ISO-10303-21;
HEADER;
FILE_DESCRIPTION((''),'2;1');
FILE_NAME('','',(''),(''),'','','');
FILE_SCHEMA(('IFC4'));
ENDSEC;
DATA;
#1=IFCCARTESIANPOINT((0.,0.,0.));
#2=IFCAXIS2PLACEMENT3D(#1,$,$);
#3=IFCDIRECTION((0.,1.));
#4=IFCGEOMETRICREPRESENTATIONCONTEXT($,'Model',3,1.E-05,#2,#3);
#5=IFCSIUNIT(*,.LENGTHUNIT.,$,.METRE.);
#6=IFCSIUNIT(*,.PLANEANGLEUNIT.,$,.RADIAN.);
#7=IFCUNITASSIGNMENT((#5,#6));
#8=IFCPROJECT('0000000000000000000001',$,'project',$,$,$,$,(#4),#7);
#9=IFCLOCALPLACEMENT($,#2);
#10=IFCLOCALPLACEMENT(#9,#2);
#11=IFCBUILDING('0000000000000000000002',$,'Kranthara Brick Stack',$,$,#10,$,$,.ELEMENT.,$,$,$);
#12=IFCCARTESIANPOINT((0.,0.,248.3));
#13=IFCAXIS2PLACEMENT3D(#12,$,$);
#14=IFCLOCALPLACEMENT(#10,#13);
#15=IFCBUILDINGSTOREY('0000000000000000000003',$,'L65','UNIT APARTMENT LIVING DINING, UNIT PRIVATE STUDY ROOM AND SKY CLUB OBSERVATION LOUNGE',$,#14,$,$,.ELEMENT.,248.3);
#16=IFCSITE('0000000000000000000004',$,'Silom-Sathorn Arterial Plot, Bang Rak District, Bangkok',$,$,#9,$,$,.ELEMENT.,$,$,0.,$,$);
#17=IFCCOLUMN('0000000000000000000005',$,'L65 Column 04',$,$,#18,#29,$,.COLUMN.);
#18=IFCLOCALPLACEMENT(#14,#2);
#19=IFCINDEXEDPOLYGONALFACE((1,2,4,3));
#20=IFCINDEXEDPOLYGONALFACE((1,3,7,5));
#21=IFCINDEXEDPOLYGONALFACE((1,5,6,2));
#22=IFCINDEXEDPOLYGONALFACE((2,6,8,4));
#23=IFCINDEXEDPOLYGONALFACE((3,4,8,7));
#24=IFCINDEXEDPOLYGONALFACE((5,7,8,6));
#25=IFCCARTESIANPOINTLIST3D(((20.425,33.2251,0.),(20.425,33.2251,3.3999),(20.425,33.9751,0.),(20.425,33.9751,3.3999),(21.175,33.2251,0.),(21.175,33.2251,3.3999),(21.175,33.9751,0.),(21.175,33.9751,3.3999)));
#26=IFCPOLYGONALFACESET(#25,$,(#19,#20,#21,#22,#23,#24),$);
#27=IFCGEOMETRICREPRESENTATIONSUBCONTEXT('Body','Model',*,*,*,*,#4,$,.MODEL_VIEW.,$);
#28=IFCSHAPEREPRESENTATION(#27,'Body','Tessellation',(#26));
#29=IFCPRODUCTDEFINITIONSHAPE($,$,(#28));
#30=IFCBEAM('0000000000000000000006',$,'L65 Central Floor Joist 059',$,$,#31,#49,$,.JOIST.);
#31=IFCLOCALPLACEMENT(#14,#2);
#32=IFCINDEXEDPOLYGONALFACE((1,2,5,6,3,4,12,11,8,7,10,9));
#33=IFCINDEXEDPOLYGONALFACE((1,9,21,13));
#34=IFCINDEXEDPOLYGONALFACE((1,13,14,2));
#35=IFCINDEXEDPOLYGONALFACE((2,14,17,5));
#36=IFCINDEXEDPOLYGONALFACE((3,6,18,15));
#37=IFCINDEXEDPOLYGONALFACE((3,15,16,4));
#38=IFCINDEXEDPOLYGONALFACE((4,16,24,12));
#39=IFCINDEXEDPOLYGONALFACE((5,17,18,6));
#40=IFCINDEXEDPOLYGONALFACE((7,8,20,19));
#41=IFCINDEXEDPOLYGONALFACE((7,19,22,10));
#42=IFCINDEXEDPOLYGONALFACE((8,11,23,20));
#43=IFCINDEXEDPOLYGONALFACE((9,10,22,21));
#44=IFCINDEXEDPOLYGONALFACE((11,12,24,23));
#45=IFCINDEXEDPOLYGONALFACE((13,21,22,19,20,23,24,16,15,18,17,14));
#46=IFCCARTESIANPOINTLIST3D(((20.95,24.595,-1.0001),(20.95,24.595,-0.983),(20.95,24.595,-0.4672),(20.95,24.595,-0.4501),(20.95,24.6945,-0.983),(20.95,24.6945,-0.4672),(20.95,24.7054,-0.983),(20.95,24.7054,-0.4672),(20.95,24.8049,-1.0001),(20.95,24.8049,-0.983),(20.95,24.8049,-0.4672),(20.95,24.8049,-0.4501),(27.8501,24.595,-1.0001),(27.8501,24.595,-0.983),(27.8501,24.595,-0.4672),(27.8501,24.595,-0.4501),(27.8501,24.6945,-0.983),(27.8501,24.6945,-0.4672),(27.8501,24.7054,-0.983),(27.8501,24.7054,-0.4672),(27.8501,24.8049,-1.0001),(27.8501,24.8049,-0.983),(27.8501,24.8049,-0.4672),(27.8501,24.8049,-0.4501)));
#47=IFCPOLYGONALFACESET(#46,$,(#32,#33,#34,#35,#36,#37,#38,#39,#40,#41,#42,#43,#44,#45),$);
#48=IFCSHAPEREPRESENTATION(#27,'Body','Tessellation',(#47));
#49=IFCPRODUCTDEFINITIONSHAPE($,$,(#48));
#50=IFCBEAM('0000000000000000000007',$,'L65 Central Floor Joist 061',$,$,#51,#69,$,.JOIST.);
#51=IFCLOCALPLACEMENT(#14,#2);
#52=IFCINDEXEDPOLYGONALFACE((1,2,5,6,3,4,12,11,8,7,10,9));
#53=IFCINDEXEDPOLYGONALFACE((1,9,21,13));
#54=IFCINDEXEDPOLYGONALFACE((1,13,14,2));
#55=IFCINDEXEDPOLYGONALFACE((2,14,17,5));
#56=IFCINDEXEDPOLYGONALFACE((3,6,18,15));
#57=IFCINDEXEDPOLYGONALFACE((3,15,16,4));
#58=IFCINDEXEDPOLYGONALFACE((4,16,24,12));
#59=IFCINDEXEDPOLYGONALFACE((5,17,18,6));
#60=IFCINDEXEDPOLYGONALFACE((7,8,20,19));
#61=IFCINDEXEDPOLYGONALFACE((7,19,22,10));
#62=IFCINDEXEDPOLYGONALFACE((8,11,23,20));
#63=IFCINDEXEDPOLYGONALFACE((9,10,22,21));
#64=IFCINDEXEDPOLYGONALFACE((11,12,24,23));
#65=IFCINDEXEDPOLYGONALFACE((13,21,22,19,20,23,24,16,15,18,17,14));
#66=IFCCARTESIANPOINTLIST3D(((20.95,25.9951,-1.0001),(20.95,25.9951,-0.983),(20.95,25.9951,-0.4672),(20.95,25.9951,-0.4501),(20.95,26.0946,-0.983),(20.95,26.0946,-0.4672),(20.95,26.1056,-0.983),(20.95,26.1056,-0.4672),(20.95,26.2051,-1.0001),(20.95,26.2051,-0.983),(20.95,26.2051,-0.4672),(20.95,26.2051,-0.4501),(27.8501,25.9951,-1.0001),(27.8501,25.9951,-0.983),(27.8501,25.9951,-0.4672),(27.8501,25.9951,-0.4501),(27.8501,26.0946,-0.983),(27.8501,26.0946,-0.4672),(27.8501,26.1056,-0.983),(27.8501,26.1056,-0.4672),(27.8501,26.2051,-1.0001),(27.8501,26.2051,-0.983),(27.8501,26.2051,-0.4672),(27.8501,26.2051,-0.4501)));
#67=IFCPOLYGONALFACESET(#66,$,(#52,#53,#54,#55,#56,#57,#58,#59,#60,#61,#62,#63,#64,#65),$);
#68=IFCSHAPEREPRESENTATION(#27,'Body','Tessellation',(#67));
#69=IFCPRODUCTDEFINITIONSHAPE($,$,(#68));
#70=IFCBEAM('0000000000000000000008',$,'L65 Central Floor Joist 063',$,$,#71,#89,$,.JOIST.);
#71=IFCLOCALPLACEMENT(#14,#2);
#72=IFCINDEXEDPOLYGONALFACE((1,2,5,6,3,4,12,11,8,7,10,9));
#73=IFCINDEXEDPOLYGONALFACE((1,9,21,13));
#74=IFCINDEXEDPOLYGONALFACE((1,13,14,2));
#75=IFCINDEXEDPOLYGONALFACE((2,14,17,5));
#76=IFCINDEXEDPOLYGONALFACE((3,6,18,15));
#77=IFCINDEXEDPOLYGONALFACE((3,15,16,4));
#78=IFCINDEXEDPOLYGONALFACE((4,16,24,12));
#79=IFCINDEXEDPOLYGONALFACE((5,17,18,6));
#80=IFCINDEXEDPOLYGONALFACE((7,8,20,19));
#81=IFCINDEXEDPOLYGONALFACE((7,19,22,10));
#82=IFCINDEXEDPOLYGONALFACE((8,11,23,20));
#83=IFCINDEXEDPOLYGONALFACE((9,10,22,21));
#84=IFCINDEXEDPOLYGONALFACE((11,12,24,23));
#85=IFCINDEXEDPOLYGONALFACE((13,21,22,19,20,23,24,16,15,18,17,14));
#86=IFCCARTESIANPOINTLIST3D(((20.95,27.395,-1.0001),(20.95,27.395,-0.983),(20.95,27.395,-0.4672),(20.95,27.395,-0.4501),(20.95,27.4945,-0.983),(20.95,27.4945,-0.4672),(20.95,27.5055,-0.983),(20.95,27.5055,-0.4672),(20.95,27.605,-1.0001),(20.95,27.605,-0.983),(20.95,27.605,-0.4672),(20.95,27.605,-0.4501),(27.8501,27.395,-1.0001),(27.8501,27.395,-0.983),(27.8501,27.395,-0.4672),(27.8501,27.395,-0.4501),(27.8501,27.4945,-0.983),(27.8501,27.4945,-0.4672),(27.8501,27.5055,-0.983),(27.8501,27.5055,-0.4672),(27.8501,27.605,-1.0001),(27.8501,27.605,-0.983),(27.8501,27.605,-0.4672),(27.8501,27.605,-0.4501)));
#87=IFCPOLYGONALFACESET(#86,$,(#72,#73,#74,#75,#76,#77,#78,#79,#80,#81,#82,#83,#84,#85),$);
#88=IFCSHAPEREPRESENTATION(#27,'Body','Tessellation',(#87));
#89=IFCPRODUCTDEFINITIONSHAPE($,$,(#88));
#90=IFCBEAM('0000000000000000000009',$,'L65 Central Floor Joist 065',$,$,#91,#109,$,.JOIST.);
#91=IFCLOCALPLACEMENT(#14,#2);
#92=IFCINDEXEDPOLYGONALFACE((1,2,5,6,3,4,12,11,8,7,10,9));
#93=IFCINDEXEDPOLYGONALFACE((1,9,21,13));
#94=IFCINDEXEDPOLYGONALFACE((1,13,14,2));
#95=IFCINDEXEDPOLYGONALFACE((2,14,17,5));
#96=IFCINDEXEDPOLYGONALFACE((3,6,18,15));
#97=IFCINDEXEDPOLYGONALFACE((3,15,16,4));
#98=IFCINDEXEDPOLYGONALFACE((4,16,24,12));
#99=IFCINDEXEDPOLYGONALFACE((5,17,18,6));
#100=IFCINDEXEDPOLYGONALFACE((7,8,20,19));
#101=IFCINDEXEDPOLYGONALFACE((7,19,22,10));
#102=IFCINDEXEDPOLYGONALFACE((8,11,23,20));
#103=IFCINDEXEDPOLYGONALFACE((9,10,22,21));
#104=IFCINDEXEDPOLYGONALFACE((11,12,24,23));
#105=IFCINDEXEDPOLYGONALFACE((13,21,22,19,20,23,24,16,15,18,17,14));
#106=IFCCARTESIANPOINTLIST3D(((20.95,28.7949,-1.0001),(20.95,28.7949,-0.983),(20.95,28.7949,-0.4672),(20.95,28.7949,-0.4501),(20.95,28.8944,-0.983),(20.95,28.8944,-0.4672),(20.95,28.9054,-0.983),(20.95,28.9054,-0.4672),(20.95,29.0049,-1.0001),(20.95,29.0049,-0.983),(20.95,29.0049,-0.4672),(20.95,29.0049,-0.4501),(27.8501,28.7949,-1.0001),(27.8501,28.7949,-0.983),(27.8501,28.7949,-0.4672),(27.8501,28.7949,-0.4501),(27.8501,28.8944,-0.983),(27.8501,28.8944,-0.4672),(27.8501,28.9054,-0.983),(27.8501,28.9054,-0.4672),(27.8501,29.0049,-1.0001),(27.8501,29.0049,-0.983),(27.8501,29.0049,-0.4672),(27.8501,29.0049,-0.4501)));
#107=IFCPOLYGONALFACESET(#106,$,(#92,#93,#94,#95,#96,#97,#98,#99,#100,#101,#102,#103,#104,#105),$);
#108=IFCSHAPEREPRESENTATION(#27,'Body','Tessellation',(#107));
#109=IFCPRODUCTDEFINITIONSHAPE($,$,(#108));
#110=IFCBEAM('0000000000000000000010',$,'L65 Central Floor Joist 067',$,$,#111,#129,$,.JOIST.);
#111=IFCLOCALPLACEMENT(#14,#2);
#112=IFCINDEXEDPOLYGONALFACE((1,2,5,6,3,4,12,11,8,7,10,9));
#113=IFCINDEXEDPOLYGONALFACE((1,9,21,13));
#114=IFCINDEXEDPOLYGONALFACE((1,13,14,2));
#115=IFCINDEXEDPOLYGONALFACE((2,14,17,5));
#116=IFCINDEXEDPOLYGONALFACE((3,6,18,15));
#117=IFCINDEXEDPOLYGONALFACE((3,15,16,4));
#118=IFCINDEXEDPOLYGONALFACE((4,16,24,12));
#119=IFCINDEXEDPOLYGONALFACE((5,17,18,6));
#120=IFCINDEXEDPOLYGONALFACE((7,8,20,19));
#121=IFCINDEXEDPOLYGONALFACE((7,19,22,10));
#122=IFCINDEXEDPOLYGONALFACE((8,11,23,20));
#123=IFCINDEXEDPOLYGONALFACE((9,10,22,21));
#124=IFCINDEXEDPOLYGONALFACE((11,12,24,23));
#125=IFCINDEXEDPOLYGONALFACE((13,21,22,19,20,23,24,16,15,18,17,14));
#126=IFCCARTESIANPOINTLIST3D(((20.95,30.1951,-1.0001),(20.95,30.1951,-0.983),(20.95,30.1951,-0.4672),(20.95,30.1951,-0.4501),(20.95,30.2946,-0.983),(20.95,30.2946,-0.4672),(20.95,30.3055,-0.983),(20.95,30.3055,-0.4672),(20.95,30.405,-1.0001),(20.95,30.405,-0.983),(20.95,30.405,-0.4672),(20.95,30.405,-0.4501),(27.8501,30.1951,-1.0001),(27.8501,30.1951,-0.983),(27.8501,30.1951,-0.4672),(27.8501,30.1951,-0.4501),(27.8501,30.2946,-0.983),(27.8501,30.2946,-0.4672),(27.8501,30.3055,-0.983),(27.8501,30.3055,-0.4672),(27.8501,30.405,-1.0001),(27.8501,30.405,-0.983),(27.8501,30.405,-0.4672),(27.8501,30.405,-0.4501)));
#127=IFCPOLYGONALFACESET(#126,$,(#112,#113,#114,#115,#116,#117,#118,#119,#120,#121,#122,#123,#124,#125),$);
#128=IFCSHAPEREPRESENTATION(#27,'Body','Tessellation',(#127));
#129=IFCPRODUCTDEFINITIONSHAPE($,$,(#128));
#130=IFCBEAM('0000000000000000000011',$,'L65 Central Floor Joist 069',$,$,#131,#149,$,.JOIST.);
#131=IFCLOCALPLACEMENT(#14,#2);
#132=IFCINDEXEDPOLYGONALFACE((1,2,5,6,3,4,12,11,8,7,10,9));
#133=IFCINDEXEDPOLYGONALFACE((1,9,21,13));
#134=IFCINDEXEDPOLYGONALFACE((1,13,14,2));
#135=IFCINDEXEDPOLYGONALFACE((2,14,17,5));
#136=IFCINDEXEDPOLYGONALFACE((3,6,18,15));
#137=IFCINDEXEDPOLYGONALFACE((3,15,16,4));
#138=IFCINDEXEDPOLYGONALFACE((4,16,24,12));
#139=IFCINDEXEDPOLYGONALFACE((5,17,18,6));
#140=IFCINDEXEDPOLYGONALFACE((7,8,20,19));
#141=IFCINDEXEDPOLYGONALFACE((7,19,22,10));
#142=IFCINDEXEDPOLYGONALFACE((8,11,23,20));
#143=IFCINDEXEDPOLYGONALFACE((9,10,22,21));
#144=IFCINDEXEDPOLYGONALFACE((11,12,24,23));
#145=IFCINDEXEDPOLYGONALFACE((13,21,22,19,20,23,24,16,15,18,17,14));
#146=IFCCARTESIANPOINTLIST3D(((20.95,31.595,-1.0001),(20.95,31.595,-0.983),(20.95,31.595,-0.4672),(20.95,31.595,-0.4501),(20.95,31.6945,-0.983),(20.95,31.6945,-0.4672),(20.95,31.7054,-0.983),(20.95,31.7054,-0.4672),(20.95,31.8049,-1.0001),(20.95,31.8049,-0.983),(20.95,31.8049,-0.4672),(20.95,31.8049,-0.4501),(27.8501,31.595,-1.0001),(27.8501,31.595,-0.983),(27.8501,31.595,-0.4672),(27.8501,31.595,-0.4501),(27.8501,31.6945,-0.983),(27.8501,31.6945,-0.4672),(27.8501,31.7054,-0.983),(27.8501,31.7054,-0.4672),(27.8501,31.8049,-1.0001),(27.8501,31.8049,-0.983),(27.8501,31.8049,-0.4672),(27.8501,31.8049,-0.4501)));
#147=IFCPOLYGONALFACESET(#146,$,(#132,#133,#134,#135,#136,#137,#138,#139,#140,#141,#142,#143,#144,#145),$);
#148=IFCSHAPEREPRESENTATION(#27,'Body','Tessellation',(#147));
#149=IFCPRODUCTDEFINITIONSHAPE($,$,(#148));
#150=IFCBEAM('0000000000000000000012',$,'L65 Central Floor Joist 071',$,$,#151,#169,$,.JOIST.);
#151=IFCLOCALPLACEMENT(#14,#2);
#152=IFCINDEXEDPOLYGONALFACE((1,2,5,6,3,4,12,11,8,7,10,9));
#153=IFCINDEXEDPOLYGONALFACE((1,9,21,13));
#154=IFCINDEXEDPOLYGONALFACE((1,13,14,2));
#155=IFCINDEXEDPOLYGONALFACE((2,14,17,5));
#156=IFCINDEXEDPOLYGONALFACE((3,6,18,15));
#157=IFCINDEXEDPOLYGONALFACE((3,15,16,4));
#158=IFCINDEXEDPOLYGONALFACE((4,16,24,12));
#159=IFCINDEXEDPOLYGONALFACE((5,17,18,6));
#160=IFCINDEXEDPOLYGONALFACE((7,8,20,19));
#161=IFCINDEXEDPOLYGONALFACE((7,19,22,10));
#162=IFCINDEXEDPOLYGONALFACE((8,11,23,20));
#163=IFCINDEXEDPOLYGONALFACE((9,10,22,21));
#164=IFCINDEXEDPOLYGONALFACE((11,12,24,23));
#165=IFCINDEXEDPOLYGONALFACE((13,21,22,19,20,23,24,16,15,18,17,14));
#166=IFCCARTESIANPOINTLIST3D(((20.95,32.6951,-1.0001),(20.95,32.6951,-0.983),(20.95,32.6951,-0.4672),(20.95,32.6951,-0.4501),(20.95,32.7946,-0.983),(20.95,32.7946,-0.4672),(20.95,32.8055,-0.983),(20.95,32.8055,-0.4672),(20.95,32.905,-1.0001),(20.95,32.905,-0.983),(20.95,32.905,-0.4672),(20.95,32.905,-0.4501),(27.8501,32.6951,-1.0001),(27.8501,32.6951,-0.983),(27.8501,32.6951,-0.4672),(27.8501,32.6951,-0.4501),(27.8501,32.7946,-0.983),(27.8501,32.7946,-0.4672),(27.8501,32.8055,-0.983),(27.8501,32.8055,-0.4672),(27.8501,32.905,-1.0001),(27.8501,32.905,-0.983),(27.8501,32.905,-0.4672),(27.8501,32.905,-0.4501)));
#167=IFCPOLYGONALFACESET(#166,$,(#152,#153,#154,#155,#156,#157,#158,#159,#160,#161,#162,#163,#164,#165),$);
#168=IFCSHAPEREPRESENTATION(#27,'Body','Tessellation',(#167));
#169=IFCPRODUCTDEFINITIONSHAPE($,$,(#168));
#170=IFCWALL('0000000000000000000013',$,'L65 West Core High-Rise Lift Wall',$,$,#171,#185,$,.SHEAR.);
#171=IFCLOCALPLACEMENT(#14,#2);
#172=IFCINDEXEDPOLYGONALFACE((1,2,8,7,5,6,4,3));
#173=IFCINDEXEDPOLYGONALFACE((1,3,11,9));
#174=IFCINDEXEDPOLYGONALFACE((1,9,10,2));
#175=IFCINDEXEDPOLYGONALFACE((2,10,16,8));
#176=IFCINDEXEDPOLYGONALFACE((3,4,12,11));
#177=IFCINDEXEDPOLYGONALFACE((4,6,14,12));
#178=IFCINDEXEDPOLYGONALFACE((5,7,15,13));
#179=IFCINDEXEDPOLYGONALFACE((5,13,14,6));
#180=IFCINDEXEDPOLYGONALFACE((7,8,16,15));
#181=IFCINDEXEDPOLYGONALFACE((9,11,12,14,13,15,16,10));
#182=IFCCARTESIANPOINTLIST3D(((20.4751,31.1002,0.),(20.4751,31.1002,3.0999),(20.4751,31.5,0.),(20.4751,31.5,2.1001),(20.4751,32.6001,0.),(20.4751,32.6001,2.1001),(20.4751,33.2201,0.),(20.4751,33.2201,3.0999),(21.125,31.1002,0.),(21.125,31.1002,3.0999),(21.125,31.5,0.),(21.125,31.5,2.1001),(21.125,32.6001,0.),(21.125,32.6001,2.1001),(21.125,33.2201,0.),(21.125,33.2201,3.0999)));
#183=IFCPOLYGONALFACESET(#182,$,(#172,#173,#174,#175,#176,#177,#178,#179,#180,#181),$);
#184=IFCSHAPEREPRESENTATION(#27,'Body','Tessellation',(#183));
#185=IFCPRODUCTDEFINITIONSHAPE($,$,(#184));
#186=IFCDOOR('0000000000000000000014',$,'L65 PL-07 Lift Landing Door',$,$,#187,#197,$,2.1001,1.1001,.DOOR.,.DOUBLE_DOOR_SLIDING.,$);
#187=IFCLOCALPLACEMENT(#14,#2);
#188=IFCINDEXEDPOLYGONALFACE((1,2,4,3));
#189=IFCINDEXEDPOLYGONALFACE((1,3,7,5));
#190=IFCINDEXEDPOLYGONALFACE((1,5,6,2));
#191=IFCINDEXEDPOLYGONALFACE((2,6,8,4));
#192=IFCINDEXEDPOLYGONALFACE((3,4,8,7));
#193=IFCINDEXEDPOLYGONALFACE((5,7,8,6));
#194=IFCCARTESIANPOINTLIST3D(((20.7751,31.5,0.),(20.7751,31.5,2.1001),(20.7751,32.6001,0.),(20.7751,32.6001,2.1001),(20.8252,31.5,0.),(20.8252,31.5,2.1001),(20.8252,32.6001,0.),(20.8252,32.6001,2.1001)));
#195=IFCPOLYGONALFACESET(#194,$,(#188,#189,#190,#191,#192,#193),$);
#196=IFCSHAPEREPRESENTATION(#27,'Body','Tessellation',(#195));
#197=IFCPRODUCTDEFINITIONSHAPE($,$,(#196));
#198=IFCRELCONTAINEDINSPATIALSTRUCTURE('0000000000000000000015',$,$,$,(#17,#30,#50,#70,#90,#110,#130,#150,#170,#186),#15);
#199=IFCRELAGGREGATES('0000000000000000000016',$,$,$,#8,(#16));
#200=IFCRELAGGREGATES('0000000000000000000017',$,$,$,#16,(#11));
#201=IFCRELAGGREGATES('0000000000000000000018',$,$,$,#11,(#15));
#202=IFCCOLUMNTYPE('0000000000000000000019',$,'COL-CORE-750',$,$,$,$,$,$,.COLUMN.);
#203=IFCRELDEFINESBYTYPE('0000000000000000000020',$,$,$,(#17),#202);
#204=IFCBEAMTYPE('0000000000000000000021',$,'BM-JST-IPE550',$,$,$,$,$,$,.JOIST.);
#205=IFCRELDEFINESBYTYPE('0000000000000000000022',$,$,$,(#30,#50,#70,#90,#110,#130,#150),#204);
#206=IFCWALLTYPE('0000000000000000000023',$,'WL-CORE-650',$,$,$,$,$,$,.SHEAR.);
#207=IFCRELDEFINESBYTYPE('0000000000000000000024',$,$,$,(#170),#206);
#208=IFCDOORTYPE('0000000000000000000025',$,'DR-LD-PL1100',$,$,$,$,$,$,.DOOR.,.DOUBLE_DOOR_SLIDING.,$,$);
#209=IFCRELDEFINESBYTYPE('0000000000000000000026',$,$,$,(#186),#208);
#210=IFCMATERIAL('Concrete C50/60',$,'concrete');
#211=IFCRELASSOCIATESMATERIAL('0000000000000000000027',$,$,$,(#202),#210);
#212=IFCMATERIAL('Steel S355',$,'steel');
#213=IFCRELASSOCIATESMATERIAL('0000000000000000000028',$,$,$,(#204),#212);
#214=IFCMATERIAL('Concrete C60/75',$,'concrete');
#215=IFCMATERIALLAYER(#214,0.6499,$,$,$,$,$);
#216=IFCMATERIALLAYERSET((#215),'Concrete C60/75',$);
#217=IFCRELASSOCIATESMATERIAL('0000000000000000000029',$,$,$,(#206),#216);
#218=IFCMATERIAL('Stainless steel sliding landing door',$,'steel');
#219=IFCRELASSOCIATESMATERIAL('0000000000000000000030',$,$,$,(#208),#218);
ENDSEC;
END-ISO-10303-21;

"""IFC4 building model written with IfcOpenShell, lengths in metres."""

from ifc_helpers import new_model, si_unit, direction, frame, frame_2d, origin, origin_2d, place, context, subcontext, project, spatial, rectangle, i_section, extrude, material, layer, layer_set, material_profile, profile_set, type_object, element, fill, save


model = new_model("IFC4")

# Units and contexts
model_context = context("Model", 3, precision=1e-05, world=origin(), true_north=direction((0.0, 1.0)))
body_context = subcontext(model_context, "Body", "Model", "MODEL_VIEW")
ifc_project = project(units=[si_unit("LENGTHUNIT", "METRE"), si_unit("PLANEANGLEUNIT", "RADIAN")], contexts=[model_context])

# Site, building, storey
site_placement = place(None, origin())
site = spatial("IfcSite", under=ifc_project, at=site_placement, Name="Silom-Sathorn Arterial Plot, Bang Rak District, Bangkok", CompositionType="ELEMENT", RefElevation=0.0)
building_placement = place(site_placement, origin())
building = spatial("IfcBuilding", under=site, at=building_placement, Name="Kranthara Brick Stack", CompositionType="ELEMENT")
storey_placement = place(building_placement, frame((0.0, 0.0, 248.3)))
storey = spatial("IfcBuildingStorey", under=building, at=storey_placement, Name="L65", Description="UNIT APARTMENT LIVING DINING, UNIT PRIVATE STUDY ROOM AND SKY CLUB OBSERVATION LOUNGE", CompositionType="ELEMENT", Elevation=248.3)

# Column
ifc_material_1 = material(Name="Concrete C50/60", Category="concrete")
ifc_material_profile_1 = material_profile(ifc_material_1, rectangle(XDim=0.75, YDim=0.75, at=origin_2d()), Name="RC 750x750")
ifc_profile_set_1 = profile_set([ifc_material_profile_1], Name="Concrete C50/60")
column_type = type_object("IfcColumnType", Name="COL-CORE-750", PredefinedType="COLUMN", material=ifc_profile_set_1)
column_placement = place(storey_placement, frame((20.8, 33.6001, 0.0), z_axis=(0.0, 0.0, 1.0), x_axis=(1.0, 0.0, 0.0)))
element("IfcColumn", 1, at=column_placement, inside=storey, type_object=column_type, Name="L65 Column 04", PredefinedType="COLUMN", context=body_context, shape_type="SweptSolid", body=[
    extrude(rectangle(XDim=0.75, YDim=0.75, at=origin_2d()), origin(), (0.0, 0.0, 1.0), 3.3999),
])

# Beams
ifc_material_2 = material(Name="Steel S355", Category="steel")
ifc_material_profile_2 = material_profile(ifc_material_2, i_section(OverallWidth=0.21, OverallDepth=0.55, WebThickness=0.011, FlangeThickness=0.0171, at=origin_2d()), Name="IPE 550")
ifc_profile_set_2 = profile_set([ifc_material_profile_2], Name="Steel S355")
beam_type = type_object("IfcBeamType", Name="BM-JST-IPE550", PredefinedType="JOIST", material=ifc_profile_set_2)
for number, where, z_axis, x_axis, name in (
    (2, (20.95, 24.7, -0.7251), (1.0, 0.0, 0.0), (0.0, 1.0, 0.0), "L65 Central Floor Joist 059"),
    (3, (20.95, 26.1001, -0.7251), (1.0, 0.0, 0.0), (0.0, 1.0, 0.0), "L65 Central Floor Joist 061"),
    (4, (20.95, 27.5, -0.7251), (1.0, 0.0, 0.0), (0.0, 1.0, 0.0), "L65 Central Floor Joist 063"),
    (5, (20.95, 28.8999, -0.7251), (1.0, 0.0, 0.0), (0.0, 1.0, 0.0), "L65 Central Floor Joist 065"),
    (6, (20.95, 30.3, -0.7251), (1.0, 0.0, 0.0), (0.0, 1.0, 0.0), "L65 Central Floor Joist 067"),
    (7, (20.95, 31.7, -0.7251), (1.0, 0.0, 0.0), (0.0, 1.0, 0.0), "L65 Central Floor Joist 069"),
    (8, (20.95, 32.8, -0.7251), (1.0, 0.0, 0.0), (0.0, 1.0, 0.0), "L65 Central Floor Joist 071"),
):
    element("IfcBeam", number, at=place(storey_placement, frame(where, z_axis=z_axis, x_axis=x_axis)), inside=storey, type_object=beam_type, Name=name, PredefinedType="JOIST", context=body_context, shape_type="SweptSolid", body=[
        extrude(i_section(OverallWidth=0.21, OverallDepth=0.55, WebThickness=0.011, FlangeThickness=0.0171, at=origin_2d()), origin(), (0.0, 0.0, 1.0), 6.9001),
    ])

# Wall, opening, door
ifc_material_3 = material(Name="Concrete C60/75", Category="concrete")
ifc_layer_1 = layer(ifc_material_3, 0.6499)
ifc_layer_set_1 = layer_set([ifc_layer_1], Name="Concrete C60/75")
wall_type_1 = type_object("IfcWallType", Name="WL-CORE-650", PredefinedType="SHEAR", material=ifc_layer_set_1)
wall_1_placement = place(storey_placement, frame((20.8, 31.1001, 0.0), z_axis=(0.0, 0.0, 1.0), x_axis=(0.0, 1.0, 0.0)))
wall_1 = element("IfcWall", 9, at=wall_1_placement, inside=storey, type_object=wall_type_1, Name="L65 West Core High-Rise Lift Wall", PredefinedType="SHEAR", context=body_context, shape_type="SweptSolid", body=[
    extrude(rectangle(XDim=2.1199, YDim=0.6499, at=frame_2d((1.0601, 0.0))), origin(), (0.0, 0.0, 1.0), 3.0999),
])
opening_placement = place(wall_1_placement, frame((0.3999, 0.0, 0.0)))
opening = element("IfcOpeningElement", 10, at=opening_placement, cuts=wall_1, PredefinedType="OPENING", context=body_context, shape_type="SweptSolid", body=[
    extrude(rectangle(XDim=1.1001, YDim=2.1001, at=frame_2d((0.55, 1.05))), frame((0.0, 0.335, 0.0), z_axis=(0.0, -1.0, 0.0), x_axis=(1.0, 0.0, 0.0)), (0.0, 0.0, 1.0), 0.6699),
])
ifc_material_4 = material(Name="Stainless steel sliding landing door", Category="steel")
door_type = type_object("IfcDoorType", Name="DR-LD-PL1100", OperationType="DOUBLE_DOOR_SLIDING", PredefinedType="DOOR", material=ifc_material_4)
door_placement = place(opening_placement, origin())
door = element("IfcDoor", 11, at=door_placement, inside=storey, type_object=door_type, Name="L65 PL-07 Lift Landing Door", OperationType="DOUBLE_DOOR_SLIDING", OverallHeight=2.1001, OverallWidth=1.1001, PredefinedType="DOOR", context=body_context, shape_type="SweptSolid", body=[
    extrude(rectangle(XDim=1.1001, YDim=2.1001, at=frame_2d((0.55, 1.05))), frame((0.0, 0.0249, 0.0), z_axis=(0.0, -1.0, 0.0), x_axis=(1.0, 0.0, 0.0)), (0.0, 0.0, 1.0), 0.05),
])
fill(opening, door)

save(model, "model.ifc")
